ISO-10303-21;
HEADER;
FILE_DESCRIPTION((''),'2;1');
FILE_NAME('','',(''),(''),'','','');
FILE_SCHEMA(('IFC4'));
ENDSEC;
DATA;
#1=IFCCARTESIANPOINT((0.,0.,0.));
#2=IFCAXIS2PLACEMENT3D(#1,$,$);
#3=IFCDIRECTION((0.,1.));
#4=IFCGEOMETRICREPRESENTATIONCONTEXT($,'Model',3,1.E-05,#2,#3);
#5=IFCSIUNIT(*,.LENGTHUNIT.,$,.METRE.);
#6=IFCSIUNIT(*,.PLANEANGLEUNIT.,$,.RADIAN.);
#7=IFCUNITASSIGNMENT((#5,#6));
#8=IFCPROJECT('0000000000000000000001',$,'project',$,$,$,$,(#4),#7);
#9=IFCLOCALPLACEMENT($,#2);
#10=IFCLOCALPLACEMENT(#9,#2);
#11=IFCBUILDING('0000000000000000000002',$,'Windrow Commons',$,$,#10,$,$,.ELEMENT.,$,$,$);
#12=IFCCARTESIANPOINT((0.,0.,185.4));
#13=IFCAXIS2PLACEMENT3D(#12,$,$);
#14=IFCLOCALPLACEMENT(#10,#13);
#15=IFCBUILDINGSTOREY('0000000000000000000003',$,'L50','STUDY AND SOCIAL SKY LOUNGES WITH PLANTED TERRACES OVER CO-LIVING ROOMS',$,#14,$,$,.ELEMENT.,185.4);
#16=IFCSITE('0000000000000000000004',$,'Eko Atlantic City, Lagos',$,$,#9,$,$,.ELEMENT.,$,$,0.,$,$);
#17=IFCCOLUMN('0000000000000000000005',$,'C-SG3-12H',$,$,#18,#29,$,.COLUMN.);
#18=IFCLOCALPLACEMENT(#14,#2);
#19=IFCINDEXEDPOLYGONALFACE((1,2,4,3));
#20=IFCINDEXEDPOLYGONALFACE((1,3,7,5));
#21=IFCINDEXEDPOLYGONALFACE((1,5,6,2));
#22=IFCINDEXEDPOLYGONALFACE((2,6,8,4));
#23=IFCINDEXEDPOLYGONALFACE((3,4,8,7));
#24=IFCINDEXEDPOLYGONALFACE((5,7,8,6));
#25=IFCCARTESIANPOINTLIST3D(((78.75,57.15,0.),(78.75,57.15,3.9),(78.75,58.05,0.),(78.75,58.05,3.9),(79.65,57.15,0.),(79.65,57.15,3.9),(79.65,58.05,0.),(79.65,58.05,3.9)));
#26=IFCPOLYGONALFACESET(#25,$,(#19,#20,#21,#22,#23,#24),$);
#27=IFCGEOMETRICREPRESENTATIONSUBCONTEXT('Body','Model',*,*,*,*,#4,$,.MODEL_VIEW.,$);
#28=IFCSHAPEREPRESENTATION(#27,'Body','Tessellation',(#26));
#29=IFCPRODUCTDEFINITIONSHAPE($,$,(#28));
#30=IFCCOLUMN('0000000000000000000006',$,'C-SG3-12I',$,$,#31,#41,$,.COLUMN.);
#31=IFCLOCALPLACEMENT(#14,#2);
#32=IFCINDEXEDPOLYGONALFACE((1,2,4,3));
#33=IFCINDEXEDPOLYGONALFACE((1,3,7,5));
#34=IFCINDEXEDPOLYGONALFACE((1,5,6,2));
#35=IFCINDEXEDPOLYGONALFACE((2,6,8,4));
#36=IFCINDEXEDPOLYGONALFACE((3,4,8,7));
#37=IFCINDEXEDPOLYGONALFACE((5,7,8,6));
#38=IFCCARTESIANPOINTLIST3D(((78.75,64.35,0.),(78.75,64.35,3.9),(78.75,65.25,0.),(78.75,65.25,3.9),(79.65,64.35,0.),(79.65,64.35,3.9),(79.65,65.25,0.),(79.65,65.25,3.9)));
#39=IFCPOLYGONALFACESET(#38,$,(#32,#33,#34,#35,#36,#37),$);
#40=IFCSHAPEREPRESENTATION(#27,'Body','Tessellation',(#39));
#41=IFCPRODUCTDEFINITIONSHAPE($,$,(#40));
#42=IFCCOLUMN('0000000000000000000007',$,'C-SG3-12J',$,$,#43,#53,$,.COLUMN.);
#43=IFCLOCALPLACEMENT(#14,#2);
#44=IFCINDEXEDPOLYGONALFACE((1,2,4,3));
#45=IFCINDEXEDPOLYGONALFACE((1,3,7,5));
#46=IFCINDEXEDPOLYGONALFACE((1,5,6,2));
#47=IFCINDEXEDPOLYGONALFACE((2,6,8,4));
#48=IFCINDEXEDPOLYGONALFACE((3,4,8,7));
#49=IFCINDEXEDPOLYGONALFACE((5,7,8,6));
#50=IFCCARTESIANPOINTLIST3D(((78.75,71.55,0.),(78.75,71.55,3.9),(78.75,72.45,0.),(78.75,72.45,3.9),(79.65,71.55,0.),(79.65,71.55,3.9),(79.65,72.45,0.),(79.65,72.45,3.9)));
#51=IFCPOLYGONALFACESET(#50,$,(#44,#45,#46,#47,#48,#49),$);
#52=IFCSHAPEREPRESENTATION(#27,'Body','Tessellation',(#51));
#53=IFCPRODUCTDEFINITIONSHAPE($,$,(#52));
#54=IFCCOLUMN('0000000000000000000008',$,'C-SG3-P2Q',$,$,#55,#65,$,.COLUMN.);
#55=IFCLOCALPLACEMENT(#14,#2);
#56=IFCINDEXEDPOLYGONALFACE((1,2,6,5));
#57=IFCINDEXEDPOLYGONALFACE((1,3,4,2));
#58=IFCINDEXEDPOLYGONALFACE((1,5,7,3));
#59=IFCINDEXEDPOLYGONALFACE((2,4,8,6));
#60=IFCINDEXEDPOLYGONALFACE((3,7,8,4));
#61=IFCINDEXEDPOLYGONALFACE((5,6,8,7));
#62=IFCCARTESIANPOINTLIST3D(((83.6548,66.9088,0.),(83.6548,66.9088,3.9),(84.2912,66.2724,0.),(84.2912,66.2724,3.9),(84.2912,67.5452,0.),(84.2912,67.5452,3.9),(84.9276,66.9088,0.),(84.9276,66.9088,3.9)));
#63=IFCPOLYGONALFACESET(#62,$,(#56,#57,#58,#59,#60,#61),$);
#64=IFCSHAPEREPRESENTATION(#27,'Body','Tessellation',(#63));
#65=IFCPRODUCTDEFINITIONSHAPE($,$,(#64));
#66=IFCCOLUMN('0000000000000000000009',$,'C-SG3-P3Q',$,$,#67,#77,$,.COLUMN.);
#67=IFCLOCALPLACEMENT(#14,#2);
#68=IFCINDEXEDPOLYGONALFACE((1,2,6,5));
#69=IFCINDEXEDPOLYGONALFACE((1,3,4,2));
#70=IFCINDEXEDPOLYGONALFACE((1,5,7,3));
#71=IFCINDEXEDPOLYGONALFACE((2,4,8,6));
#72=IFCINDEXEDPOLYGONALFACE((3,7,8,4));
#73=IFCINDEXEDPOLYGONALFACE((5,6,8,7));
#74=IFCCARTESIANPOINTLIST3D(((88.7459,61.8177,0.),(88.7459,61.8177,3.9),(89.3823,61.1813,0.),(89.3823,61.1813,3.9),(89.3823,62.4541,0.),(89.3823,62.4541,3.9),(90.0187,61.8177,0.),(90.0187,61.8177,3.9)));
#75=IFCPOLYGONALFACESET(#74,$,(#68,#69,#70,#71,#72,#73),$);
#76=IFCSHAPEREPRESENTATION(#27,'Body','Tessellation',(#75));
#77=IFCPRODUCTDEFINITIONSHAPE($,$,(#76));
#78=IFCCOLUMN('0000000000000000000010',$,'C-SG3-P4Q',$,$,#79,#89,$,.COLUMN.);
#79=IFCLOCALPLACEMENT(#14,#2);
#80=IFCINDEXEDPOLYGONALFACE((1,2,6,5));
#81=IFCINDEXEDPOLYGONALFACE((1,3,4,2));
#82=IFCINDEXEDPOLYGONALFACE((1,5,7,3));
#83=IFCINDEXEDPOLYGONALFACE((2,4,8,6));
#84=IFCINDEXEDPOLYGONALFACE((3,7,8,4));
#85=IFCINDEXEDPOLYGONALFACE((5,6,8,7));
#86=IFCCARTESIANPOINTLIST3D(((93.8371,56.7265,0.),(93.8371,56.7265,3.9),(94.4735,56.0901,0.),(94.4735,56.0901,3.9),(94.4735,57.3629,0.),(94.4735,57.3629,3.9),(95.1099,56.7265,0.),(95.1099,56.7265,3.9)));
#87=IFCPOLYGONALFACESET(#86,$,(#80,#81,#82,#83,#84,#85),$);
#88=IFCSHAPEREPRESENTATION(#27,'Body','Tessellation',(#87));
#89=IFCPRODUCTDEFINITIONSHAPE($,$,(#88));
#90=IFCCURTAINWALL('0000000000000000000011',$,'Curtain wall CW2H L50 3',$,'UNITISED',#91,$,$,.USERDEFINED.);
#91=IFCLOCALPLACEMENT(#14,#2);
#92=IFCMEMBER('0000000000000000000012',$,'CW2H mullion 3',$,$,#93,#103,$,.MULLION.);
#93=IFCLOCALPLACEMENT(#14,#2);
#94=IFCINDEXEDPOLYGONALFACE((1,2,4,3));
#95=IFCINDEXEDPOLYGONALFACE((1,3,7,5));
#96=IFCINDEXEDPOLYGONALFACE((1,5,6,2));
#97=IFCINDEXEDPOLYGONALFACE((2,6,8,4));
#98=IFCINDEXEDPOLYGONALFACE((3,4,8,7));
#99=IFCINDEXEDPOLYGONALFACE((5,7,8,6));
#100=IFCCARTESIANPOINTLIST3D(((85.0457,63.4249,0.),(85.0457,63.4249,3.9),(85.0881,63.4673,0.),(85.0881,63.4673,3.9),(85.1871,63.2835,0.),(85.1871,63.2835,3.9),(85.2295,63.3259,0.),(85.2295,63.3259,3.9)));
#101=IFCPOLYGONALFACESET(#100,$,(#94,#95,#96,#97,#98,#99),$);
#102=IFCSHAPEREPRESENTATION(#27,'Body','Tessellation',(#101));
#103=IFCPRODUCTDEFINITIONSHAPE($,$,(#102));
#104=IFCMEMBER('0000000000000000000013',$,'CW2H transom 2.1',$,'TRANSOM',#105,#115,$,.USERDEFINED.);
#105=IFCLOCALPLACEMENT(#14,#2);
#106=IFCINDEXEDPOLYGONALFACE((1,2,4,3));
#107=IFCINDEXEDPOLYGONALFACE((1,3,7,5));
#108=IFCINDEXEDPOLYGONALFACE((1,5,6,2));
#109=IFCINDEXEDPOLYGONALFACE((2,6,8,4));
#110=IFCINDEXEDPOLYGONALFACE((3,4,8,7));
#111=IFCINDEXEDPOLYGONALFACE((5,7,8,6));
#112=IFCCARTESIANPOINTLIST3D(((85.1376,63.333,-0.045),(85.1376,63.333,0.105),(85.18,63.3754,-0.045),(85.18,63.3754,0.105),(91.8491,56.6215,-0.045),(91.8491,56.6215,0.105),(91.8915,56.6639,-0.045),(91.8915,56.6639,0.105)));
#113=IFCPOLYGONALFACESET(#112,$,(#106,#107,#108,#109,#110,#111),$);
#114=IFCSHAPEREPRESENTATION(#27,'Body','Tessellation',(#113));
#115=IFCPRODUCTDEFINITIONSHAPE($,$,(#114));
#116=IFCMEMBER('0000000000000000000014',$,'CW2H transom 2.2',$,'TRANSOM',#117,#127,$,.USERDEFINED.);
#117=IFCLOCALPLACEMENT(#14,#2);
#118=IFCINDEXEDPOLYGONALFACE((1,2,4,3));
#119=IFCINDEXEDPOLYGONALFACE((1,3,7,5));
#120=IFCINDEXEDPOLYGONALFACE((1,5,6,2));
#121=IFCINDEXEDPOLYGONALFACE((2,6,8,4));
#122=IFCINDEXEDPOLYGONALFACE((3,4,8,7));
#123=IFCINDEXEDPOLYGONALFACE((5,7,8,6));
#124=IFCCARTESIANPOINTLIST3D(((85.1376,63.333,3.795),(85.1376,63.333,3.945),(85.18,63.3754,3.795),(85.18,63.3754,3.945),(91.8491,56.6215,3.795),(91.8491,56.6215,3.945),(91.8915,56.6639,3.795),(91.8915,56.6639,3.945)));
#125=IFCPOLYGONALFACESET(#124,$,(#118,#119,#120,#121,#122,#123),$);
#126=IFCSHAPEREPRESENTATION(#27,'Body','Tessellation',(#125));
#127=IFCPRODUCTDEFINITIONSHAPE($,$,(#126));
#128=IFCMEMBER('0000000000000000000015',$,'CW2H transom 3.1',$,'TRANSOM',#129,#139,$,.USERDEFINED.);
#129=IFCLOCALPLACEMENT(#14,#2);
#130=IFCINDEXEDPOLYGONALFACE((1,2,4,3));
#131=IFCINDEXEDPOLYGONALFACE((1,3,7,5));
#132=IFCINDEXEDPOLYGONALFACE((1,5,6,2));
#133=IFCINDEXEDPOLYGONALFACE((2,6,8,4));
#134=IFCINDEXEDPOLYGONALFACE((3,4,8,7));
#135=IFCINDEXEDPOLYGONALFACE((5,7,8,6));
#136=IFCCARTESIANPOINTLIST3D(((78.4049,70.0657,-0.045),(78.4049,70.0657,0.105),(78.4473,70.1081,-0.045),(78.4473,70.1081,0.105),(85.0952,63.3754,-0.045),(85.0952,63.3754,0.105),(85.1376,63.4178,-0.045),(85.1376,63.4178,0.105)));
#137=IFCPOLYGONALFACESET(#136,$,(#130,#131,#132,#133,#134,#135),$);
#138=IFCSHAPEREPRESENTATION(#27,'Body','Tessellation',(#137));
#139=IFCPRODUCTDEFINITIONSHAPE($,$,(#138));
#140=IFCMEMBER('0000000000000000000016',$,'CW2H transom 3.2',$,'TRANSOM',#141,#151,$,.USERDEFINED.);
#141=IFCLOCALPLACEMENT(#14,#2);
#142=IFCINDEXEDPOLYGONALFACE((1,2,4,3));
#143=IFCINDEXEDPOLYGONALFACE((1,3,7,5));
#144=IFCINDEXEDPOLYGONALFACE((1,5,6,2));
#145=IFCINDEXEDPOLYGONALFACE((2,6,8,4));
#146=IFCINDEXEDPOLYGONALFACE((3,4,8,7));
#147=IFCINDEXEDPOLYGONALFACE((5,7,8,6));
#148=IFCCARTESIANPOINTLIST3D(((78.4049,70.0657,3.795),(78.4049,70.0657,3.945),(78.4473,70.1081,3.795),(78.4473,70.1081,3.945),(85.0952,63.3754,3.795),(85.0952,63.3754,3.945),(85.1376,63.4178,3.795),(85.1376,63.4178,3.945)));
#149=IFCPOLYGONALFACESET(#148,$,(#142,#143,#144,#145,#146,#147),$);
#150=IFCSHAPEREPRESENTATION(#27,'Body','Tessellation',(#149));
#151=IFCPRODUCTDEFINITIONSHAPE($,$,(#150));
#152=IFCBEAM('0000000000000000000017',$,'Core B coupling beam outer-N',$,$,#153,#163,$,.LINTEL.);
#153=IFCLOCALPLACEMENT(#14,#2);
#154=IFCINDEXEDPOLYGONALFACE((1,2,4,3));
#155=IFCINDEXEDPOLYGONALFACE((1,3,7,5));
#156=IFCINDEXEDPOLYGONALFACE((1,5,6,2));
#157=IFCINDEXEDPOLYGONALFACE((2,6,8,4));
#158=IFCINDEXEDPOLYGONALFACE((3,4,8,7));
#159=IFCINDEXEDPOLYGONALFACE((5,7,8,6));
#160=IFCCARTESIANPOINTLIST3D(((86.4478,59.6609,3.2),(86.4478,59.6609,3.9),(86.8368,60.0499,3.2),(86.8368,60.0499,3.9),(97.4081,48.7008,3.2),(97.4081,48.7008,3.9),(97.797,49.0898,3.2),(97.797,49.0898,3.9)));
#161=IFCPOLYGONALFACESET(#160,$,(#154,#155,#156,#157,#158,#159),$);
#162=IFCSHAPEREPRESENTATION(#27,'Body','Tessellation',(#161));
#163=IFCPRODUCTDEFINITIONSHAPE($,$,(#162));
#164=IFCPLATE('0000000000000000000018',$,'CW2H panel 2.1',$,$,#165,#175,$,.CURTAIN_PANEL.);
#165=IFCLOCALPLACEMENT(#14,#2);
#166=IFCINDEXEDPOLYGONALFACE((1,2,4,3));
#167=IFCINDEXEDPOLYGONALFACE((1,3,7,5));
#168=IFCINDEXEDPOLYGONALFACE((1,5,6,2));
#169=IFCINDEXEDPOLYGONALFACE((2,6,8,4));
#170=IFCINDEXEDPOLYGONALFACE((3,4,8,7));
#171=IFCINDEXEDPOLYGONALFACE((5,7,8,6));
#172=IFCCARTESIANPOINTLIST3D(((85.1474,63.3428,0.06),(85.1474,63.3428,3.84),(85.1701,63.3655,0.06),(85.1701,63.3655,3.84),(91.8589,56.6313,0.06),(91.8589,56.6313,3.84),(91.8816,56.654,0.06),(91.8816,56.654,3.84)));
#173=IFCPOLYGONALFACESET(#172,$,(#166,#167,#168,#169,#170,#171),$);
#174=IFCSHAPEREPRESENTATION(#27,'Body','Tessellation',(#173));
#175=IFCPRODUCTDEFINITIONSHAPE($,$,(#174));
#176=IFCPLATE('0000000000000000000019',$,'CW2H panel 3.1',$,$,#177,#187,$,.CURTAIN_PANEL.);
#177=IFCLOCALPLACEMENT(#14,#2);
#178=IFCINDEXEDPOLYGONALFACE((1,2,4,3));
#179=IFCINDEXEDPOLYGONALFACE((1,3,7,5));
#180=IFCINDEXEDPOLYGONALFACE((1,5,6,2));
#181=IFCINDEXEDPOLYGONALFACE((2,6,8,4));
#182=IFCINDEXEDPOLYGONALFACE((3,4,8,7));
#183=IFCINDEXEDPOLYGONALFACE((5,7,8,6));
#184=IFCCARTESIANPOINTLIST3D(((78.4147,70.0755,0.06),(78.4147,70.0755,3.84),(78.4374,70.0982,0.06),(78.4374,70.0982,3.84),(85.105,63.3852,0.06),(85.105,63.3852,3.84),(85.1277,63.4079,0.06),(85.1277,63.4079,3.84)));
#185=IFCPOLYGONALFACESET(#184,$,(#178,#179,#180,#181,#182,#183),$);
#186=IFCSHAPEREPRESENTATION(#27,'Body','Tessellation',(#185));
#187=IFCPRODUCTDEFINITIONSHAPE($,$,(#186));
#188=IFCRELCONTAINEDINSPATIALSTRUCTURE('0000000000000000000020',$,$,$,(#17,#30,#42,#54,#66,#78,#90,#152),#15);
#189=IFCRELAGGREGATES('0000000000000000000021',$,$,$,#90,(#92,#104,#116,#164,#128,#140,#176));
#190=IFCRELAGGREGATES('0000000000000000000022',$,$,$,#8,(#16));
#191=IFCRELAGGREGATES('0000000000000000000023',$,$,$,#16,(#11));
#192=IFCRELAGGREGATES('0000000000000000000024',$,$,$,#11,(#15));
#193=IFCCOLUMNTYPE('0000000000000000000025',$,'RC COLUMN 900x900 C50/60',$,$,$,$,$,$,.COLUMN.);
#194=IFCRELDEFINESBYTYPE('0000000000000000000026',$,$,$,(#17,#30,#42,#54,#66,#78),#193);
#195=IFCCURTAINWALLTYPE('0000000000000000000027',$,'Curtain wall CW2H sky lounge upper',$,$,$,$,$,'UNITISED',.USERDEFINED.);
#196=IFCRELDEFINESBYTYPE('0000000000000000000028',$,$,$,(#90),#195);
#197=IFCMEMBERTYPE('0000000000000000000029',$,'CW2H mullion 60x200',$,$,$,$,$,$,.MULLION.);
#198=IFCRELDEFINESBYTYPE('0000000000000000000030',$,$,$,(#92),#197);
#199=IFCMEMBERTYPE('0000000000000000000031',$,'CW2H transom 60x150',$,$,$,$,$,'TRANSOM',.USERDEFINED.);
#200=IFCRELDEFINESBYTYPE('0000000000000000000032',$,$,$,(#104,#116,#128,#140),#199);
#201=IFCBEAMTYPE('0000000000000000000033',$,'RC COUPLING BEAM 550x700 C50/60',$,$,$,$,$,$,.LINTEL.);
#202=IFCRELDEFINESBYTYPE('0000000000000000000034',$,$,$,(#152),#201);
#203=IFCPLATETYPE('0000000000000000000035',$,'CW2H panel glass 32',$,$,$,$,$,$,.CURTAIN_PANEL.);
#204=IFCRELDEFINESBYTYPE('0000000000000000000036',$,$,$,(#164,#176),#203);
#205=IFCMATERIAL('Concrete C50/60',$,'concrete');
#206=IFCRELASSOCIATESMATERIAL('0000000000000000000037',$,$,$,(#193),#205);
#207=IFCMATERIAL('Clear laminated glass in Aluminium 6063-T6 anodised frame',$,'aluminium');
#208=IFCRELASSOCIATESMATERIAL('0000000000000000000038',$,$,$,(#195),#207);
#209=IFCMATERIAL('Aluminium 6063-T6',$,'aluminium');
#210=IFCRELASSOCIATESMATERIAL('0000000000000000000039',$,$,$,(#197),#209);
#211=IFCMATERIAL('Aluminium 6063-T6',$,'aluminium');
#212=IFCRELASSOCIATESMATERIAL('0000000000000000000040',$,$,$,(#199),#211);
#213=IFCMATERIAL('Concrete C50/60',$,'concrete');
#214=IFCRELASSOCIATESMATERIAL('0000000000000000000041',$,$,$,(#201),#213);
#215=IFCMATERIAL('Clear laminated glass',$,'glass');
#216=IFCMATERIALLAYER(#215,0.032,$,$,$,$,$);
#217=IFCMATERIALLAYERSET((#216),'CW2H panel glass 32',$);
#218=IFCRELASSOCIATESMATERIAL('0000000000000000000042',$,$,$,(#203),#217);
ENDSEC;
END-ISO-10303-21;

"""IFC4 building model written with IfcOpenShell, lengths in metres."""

from ifc_helpers import new_model, si_unit, direction, frame, origin, origin_2d, place, context, subcontext, project, spatial, rectangle, extrude, material, layer, layer_set, material_profile, profile_set, type_object, element, aggregate, save


model = new_model("IFC4")

# Units and contexts
model_context = context("Model", 3, precision=1e-05, world=origin(), true_north=direction((0.0, 1.0)))
body_context = subcontext(model_context, "Body", "Model", "MODEL_VIEW")
ifc_project = project(units=[si_unit("LENGTHUNIT", "METRE"), si_unit("PLANEANGLEUNIT", "RADIAN")], contexts=[model_context])

# Site, building, storey
site_placement = place(None, origin())
site = spatial("IfcSite", under=ifc_project, at=site_placement, Name="Eko Atlantic City, Lagos", CompositionType="ELEMENT", RefElevation=0.0)
building_placement = place(site_placement, origin())
building = spatial("IfcBuilding", under=site, at=building_placement, Name="Windrow Commons", CompositionType="ELEMENT")
storey_placement = place(building_placement, frame((0.0, 0.0, 185.4)))
storey = spatial("IfcBuildingStorey", under=building, at=storey_placement, Name="L50", Description="STUDY AND SOCIAL SKY LOUNGES WITH PLANTED TERRACES OVER CO-LIVING ROOMS", CompositionType="ELEMENT", Elevation=185.4)

# Columns
ifc_material_1 = material(Name="Concrete C50/60", Category="concrete")
ifc_material_profile_1 = material_profile(ifc_material_1, rectangle(XDim=0.9, YDim=0.9, at=origin_2d()))
ifc_profile_set_1 = profile_set([ifc_material_profile_1], Name="Concrete C50/60")
column_type = type_object("IfcColumnType", Name="RC COLUMN 900x900 C50/60", PredefinedType="COLUMN", material=ifc_profile_set_1)
for number, where, z_axis, x_axis, name in (
    (1, (79.2, 57.6, 0.0), (0.0, 0.0, 1.0), (1.0, 0.0, 0.0), "C-SG3-12H"),
    (2, (79.2, 64.8, 0.0), (0.0, 0.0, 1.0), (1.0, 0.0, 0.0), "C-SG3-12I"),
    (3, (79.2, 72.0, 0.0), (0.0, 0.0, 1.0), (1.0, 0.0, 0.0), "C-SG3-12J"),
    (4, (84.2912, 66.9088, 0.0), (0.0, 0.0, 1.0), (0.707107, -0.707107, 0.0), "C-SG3-P2Q"),
    (5, (89.3823, 61.8177, 0.0), (0.0, 0.0, 1.0), (0.707107, -0.707107, 0.0), "C-SG3-P3Q"),
    (6, (94.4735, 56.7265, 0.0), (0.0, 0.0, 1.0), (0.707107, -0.707107, 0.0), "C-SG3-P4Q"),
):
    element("IfcColumn", number, at=place(storey_placement, frame(where, z_axis=z_axis, x_axis=x_axis)), inside=storey, type_object=column_type, Name=name, PredefinedType="COLUMN", context=body_context, shape_type="SweptSolid", body=[
        extrude(rectangle(XDim=0.9, YDim=0.9, at=origin_2d()), origin(), (0.0, 0.0, 1.0), 3.9),
    ])

# Curtain wall, members
ifc_material_2 = material(Name="Clear laminated glass in Aluminium 6063-T6 anodised frame", Category="aluminium")
curtain_wall_type = type_object("IfcCurtainWallType", Name="Curtain wall CW2H sky lounge upper", ElementType="UNITISED", PredefinedType="USERDEFINED", material=ifc_material_2)
curtain_wall_placement = place(storey_placement, origin())
curtain_wall = element("IfcCurtainWall", 7, at=curtain_wall_placement, inside=storey, type_object=curtain_wall_type, Name="Curtain wall CW2H L50 3", ObjectType="UNITISED", PredefinedType="USERDEFINED")
ifc_material_3 = material(Name="Aluminium 6063-T6", Category="aluminium")
ifc_material_profile_2 = material_profile(ifc_material_3, rectangle(XDim=0.06, YDim=0.2, at=origin_2d()))
ifc_profile_set_2 = profile_set([ifc_material_profile_2], Name="Aluminium 6063-T6")
member_type_1 = type_object("IfcMemberType", Name="CW2H mullion 60x200", PredefinedType="MULLION", material=ifc_profile_set_2)
member_1_placement = place(storey_placement, frame((85.1376, 63.3754, 0.0), z_axis=(0.0, 0.0, 1.0), x_axis=(-0.707107, -0.707107, 0.0)))
member_1 = element("IfcMember", 8, at=member_1_placement, type_object=member_type_1, Name="CW2H mullion 3", PredefinedType="MULLION", context=body_context, shape_type="SweptSolid", body=[
    extrude(rectangle(XDim=0.06, YDim=0.2, at=origin_2d()), origin(), (0.0, 0.0, 1.0), 3.9),
])
ifc_material_4 = material(Name="Aluminium 6063-T6", Category="aluminium")
ifc_material_profile_3 = material_profile(ifc_material_4, rectangle(XDim=0.06, YDim=0.15, at=origin_2d()))
ifc_profile_set_3 = profile_set([ifc_material_profile_3], Name="Aluminium 6063-T6")
member_type_2 = type_object("IfcMemberType", Name="CW2H transom 60x150", ElementType="TRANSOM", PredefinedType="USERDEFINED", material=ifc_profile_set_3)
member_2_placement = place(storey_placement, frame((91.8703, 56.6427, 0.03), z_axis=(-0.707107, 0.707107, 0.0), x_axis=(-0.707107, -0.707107, 0.0)))
member_2 = element("IfcMember", 9, at=member_2_placement, type_object=member_type_2, Name="CW2H transom 2.1", ObjectType="TRANSOM", PredefinedType="USERDEFINED", context=body_context, shape_type="SweptSolid", body=[
    extrude(rectangle(XDim=0.06, YDim=0.15, at=origin_2d()), origin(), (0.0, 0.0, 1.0), 9.4915),
])
member_3_placement = place(storey_placement, frame((91.8703, 56.6427, 3.87), z_axis=(-0.707107, 0.707107, 0.0), x_axis=(-0.707107, -0.707107, 0.0)))
member_3 = element("IfcMember", 10, at=member_3_placement, type_object=member_type_2, Name="CW2H transom 2.2", ObjectType="TRANSOM", PredefinedType="USERDEFINED", context=body_context, shape_type="SweptSolid", body=[
    extrude(rectangle(XDim=0.06, YDim=0.15, at=origin_2d()), origin(), (0.0, 0.0, 1.0), 9.4915),
])
member_4_placement = place(storey_placement, frame((85.1164, 63.3966, 0.03), z_axis=(-0.707107, 0.707107, 0.0), x_axis=(-0.707107, -0.707107, 0.0)))
member_4 = element("IfcMember", 11, at=member_4_placement, type_object=member_type_2, Name="CW2H transom 3.1", ObjectType="TRANSOM", PredefinedType="USERDEFINED", context=body_context, shape_type="SweptSolid", body=[
    extrude(rectangle(XDim=0.06, YDim=0.15, at=origin_2d()), origin(), (0.0, 0.0, 1.0), 9.4615),
])
member_5_placement = place(storey_placement, frame((85.1164, 63.3966, 3.87), z_axis=(-0.707107, 0.707107, 0.0), x_axis=(-0.707107, -0.707107, 0.0)))
member_5 = element("IfcMember", 12, at=member_5_placement, type_object=member_type_2, Name="CW2H transom 3.2", ObjectType="TRANSOM", PredefinedType="USERDEFINED", context=body_context, shape_type="SweptSolid", body=[
    extrude(rectangle(XDim=0.06, YDim=0.15, at=origin_2d()), origin(), (0.0, 0.0, 1.0), 9.4615),
])

# Beam
ifc_material_5 = material(Name="Concrete C50/60", Category="concrete")
ifc_material_profile_4 = material_profile(ifc_material_5, rectangle(XDim=0.55, YDim=0.7, at=origin_2d()))
ifc_profile_set_4 = profile_set([ifc_material_profile_4], Name="Concrete C50/60")
beam_type = type_object("IfcBeamType", Name="RC COUPLING BEAM 550x700 C50/60", PredefinedType="LINTEL", material=ifc_profile_set_4)
beam_placement = place(storey_placement, frame((86.6423, 59.8554, 3.55), z_axis=(0.70711, -0.707104, 0.0), x_axis=(0.707104, 0.70711, 0.0)))
element("IfcBeam", 13, at=beam_placement, inside=storey, type_object=beam_type, Name="Core B coupling beam outer-N", PredefinedType="LINTEL", context=body_context, shape_type="SweptSolid", body=[
    extrude(rectangle(XDim=0.55, YDim=0.7, at=origin_2d()), origin(), (0.0, 0.0, 1.0), 15.5),
])

# Plates
ifc_material_6 = material(Name="Clear laminated glass", Category="glass")
ifc_layer_1 = layer(ifc_material_6, 0.032)
ifc_layer_set_1 = layer_set([ifc_layer_1], Name="CW2H panel glass 32")
plate_type = type_object("IfcPlateType", Name="CW2H panel glass 32", PredefinedType="CURTAIN_PANEL", material=ifc_layer_set_1)
plate_1_placement = place(storey_placement, frame((88.5145, 59.9984, 0.06), z_axis=(0.0, 0.0, 1.0), x_axis=(-0.707107, 0.707107, 0.0)))
plate_1 = element("IfcPlate", 14, at=plate_1_placement, type_object=plate_type, Name="CW2H panel 2.1", PredefinedType="CURTAIN_PANEL", context=body_context, shape_type="SweptSolid", body=[
    extrude(rectangle(XDim=9.4915, YDim=0.032, at=origin_2d()), origin(), (0.0, 0.0, 1.0), 3.78),
])
plate_2_placement = place(storey_placement, frame((81.7712, 66.7417, 0.06), z_axis=(0.0, 0.0, 1.0), x_axis=(-0.707107, 0.707107, 0.0)))
plate_2 = element("IfcPlate", 15, at=plate_2_placement, type_object=plate_type, Name="CW2H panel 3.1", PredefinedType="CURTAIN_PANEL", context=body_context, shape_type="SweptSolid", body=[
    extrude(rectangle(XDim=9.4615, YDim=0.032, at=origin_2d()), origin(), (0.0, 0.0, 1.0), 3.78),
])
aggregate(curtain_wall, [member_1, member_2, member_3, plate_1, member_4, member_5, plate_2])

save(model, "model.ifc")
